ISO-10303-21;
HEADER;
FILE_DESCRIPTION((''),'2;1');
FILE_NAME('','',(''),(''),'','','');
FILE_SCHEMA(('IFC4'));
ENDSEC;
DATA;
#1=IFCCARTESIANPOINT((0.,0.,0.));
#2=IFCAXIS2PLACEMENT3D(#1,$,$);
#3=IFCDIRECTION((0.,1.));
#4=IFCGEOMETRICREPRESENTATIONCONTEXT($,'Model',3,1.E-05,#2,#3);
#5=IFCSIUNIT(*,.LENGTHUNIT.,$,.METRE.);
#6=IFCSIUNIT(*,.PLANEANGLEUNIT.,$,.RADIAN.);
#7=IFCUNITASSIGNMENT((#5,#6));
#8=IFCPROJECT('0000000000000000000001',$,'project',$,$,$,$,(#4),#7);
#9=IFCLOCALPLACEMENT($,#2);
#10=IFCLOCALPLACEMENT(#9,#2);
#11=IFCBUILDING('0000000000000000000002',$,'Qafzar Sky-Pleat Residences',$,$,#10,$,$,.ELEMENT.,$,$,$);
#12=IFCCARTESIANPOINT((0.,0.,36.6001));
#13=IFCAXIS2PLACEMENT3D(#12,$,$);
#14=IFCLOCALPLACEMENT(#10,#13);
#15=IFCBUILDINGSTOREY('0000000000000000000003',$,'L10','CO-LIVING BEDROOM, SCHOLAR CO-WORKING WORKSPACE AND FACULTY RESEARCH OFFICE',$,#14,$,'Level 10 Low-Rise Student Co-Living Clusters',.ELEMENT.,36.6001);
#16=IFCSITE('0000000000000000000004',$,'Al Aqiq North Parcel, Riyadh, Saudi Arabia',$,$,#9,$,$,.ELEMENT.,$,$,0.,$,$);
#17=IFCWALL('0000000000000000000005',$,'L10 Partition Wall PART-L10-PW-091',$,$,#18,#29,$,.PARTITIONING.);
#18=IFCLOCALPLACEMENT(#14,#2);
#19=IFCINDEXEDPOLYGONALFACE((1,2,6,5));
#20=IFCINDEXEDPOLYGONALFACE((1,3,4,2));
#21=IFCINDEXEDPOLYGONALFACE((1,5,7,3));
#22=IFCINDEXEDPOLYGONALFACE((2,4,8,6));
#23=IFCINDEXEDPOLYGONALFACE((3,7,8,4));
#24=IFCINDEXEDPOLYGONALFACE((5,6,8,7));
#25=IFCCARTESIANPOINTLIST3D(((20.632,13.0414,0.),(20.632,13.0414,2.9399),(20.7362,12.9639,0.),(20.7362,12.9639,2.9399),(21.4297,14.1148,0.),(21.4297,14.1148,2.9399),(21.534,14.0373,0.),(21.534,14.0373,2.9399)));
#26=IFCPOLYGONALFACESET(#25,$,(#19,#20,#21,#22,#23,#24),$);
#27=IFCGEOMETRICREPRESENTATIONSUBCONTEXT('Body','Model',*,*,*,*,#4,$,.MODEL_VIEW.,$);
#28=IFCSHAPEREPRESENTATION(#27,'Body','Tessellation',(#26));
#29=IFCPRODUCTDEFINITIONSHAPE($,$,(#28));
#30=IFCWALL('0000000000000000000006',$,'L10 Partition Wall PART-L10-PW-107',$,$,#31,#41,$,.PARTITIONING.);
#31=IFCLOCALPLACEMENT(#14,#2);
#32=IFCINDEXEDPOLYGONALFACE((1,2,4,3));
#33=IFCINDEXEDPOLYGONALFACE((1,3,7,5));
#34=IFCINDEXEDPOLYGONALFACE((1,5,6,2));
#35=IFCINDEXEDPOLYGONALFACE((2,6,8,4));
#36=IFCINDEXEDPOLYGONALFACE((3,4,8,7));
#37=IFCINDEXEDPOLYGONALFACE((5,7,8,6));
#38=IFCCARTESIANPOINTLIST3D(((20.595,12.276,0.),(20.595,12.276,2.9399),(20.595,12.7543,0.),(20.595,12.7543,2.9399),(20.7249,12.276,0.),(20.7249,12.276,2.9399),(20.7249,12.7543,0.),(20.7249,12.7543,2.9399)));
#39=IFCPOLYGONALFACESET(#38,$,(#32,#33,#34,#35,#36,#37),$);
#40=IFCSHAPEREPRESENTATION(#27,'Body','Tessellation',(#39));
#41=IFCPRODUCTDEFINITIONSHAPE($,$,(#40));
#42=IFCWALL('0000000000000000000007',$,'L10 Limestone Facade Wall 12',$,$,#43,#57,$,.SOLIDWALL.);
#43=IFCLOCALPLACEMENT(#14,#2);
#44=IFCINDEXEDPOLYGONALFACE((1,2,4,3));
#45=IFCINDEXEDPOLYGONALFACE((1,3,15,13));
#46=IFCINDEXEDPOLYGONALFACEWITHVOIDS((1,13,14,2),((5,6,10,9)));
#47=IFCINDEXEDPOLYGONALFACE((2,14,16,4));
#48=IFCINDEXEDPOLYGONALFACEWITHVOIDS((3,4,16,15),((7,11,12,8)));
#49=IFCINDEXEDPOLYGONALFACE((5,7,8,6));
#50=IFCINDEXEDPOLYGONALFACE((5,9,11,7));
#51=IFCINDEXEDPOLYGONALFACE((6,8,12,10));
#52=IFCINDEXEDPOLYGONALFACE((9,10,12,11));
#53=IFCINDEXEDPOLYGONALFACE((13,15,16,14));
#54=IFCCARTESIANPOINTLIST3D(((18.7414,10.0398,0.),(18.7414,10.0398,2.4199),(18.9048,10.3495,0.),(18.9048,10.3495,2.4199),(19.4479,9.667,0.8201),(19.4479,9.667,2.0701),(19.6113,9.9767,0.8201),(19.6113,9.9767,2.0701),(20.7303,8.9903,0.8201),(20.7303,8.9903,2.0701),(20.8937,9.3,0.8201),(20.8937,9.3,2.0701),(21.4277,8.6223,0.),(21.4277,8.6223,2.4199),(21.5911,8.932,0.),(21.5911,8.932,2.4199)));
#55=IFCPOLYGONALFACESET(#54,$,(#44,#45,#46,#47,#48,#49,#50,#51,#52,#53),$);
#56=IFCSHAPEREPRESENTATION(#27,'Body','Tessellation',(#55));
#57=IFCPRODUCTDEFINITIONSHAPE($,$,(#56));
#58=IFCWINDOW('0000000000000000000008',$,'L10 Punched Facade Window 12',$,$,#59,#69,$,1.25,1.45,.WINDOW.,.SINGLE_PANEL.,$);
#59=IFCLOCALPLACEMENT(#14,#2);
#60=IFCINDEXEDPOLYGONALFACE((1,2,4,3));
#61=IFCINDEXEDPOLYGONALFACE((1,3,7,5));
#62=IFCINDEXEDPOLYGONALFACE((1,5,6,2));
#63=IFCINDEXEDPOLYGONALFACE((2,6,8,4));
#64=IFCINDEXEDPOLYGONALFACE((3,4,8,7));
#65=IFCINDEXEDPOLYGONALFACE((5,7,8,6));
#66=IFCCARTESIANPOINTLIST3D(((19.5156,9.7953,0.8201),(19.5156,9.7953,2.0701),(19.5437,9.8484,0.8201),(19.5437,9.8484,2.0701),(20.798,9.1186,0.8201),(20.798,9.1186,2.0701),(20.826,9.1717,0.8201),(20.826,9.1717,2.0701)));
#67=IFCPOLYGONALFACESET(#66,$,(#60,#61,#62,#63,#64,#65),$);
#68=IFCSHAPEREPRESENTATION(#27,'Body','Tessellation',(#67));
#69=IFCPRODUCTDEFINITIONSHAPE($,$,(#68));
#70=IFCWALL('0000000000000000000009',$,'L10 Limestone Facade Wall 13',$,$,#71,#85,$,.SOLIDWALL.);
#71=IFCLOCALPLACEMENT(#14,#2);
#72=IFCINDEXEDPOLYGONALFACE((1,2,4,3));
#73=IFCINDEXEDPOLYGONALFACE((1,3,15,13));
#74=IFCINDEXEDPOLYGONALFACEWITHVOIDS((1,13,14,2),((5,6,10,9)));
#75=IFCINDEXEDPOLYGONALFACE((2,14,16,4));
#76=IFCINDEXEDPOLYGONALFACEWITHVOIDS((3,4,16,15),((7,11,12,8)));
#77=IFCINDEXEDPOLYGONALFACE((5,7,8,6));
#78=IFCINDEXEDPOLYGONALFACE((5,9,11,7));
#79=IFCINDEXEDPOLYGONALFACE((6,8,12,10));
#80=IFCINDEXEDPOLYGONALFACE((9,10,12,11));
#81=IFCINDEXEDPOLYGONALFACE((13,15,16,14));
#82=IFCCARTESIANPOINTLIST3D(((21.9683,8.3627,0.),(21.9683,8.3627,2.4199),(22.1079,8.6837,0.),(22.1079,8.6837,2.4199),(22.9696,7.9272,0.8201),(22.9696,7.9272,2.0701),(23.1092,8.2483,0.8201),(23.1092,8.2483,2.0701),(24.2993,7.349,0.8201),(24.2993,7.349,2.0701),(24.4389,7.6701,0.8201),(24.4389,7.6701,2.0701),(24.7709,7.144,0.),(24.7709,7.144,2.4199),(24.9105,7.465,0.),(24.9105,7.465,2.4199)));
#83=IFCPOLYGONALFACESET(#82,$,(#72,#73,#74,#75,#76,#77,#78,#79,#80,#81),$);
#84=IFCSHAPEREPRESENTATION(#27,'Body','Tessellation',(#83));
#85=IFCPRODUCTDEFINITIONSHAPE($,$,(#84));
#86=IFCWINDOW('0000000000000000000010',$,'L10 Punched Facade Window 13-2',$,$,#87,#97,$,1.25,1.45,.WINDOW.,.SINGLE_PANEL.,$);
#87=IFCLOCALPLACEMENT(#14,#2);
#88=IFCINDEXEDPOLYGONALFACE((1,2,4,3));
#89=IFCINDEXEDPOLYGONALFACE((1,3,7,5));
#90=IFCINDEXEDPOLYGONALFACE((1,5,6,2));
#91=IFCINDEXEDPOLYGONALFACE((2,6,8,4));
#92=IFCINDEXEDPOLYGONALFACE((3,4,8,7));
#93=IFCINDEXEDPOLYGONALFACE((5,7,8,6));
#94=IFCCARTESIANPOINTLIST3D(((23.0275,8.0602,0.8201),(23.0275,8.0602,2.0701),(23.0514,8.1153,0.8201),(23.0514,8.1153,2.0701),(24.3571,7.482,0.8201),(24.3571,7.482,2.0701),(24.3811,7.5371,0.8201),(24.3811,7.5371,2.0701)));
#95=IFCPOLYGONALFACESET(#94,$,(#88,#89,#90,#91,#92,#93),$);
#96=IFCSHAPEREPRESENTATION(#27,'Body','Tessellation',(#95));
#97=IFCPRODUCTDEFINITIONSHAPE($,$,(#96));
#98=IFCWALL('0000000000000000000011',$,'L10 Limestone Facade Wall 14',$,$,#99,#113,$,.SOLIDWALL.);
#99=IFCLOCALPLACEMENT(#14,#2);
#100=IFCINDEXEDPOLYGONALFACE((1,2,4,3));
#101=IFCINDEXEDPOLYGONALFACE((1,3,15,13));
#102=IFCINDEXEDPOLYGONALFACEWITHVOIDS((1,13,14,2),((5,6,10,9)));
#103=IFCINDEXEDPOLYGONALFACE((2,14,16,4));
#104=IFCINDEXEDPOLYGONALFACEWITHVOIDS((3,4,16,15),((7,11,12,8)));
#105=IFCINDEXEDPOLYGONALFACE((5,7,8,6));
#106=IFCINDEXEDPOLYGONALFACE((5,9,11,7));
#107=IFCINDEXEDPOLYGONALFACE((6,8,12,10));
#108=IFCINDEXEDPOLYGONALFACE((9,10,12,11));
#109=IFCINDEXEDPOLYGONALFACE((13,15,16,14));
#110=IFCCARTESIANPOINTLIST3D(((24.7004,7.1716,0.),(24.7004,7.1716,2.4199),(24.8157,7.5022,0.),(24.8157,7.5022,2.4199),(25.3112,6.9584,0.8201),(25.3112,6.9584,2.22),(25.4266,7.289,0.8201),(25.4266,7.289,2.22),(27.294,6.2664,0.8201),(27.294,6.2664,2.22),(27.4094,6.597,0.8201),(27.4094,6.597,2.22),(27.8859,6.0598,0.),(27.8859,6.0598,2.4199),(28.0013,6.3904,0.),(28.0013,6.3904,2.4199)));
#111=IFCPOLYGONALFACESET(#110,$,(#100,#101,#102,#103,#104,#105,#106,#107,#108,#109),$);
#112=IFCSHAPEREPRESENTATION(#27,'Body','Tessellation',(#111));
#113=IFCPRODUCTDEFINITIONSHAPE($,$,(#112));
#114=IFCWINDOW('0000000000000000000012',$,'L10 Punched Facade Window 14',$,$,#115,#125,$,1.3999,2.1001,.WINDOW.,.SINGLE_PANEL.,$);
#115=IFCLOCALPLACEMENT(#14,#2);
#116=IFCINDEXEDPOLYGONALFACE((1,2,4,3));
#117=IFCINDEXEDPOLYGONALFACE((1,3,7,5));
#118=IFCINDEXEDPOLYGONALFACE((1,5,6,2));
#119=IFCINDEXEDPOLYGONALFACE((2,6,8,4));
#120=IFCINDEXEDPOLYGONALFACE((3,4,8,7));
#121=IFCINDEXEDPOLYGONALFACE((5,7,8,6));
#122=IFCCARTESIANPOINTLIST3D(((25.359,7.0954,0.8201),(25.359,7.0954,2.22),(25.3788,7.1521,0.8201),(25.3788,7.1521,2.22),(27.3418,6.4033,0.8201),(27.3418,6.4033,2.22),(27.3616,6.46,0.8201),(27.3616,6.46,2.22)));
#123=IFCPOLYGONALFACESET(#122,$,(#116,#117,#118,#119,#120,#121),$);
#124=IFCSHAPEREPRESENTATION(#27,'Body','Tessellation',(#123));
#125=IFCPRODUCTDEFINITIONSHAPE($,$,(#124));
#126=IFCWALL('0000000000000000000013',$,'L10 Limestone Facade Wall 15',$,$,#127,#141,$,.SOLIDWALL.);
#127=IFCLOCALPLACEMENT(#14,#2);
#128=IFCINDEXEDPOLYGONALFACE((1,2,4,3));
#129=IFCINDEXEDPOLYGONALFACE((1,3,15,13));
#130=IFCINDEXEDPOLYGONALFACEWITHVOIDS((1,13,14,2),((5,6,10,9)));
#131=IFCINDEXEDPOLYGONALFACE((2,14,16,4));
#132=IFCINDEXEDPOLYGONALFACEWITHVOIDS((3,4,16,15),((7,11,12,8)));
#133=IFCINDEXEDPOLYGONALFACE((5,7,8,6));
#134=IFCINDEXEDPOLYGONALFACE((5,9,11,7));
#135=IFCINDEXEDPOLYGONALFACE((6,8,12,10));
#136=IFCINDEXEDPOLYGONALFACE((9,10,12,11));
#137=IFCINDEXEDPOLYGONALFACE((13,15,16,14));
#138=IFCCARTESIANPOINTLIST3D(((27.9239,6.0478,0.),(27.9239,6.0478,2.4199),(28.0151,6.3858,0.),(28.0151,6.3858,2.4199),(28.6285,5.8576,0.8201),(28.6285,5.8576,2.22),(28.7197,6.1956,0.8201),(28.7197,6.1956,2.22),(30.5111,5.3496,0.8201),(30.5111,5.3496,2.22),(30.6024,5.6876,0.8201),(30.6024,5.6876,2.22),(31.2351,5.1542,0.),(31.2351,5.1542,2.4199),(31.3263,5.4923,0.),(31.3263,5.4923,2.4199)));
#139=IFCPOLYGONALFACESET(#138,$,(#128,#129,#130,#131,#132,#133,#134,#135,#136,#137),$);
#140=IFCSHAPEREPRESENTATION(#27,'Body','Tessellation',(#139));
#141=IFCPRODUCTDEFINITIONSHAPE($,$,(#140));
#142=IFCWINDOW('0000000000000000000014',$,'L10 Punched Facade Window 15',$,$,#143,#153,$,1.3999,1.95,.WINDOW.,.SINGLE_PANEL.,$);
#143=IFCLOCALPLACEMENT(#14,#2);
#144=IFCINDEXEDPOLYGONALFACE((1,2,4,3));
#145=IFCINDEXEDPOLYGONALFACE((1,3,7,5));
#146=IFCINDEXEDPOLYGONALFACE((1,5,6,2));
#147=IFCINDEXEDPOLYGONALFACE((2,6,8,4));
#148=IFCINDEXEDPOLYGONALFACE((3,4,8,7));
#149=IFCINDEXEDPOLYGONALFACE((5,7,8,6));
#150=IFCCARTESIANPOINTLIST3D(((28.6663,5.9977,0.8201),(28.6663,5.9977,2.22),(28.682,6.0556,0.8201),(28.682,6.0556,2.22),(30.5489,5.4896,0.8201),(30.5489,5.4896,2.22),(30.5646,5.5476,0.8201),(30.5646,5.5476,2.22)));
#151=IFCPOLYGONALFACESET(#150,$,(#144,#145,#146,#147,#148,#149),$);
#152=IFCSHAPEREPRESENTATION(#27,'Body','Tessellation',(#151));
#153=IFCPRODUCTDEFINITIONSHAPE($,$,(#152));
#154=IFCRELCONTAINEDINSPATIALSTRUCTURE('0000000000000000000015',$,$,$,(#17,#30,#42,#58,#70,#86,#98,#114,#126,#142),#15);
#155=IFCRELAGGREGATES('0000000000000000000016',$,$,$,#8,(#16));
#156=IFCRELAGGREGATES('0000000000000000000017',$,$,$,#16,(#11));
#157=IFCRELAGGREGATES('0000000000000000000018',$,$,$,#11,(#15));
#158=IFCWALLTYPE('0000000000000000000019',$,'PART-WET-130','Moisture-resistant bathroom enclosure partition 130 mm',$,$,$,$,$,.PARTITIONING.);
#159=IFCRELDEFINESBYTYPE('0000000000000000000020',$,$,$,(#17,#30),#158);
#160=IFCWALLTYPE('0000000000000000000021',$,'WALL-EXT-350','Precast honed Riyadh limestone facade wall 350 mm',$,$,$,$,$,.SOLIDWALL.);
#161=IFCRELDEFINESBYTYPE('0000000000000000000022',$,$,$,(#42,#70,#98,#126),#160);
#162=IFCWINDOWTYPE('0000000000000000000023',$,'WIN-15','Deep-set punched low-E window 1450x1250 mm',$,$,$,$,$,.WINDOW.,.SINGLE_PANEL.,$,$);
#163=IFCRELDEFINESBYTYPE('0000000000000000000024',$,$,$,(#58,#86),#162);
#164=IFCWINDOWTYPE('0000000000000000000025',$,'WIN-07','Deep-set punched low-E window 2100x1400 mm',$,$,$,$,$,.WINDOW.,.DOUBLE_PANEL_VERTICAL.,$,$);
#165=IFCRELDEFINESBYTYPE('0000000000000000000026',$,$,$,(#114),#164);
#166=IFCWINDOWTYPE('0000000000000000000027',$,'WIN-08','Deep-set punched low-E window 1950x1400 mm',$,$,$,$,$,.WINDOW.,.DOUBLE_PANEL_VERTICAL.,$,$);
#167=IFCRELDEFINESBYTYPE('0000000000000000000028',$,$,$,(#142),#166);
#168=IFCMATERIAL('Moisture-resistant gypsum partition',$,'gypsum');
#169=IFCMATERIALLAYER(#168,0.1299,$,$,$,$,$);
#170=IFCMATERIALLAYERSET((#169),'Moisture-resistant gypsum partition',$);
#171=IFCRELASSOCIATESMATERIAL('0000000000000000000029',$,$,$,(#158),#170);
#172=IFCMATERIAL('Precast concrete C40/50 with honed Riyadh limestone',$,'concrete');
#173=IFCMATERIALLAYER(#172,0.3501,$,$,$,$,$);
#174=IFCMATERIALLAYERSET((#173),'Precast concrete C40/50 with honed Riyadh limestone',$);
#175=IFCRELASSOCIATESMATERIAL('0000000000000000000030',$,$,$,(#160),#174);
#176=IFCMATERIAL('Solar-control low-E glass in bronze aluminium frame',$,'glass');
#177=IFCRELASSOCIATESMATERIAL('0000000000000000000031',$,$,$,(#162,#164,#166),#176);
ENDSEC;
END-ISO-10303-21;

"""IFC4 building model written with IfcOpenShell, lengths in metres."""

from ifc_helpers import new_model, si_unit, direction, frame, frame_2d, origin, place, context, subcontext, project, spatial, rectangle, extrude, source, transform, mapped, material, layer, layer_set, type_object, element, fill, save


model = new_model("IFC4")

# Units and contexts
model_context = context("Model", 3, precision=1e-05, world=origin(), true_north=direction((0.0, 1.0)))
body_context = subcontext(model_context, "Body", "Model", "MODEL_VIEW")
ifc_project = project(units=[si_unit("LENGTHUNIT", "METRE"), si_unit("PLANEANGLEUNIT", "RADIAN")], contexts=[model_context])

# Site, building, storey
site_placement = place(None, origin())
site = spatial("IfcSite", under=ifc_project, at=site_placement, Name="Al Aqiq North Parcel, Riyadh, Saudi Arabia", CompositionType="ELEMENT", RefElevation=0.0)
building_placement = place(site_placement, origin())
building = spatial("IfcBuilding", under=site, at=building_placement, Name="Qafzar Sky-Pleat Residences", CompositionType="ELEMENT")
storey_placement = place(building_placement, frame((0.0, 0.0, 36.6001)))
storey = spatial("IfcBuildingStorey", under=building, at=storey_placement, Name="L10", Description="CO-LIVING BEDROOM, SCHOLAR CO-WORKING WORKSPACE AND FACULTY RESEARCH OFFICE", LongName="Level 10 Low-Rise Student Co-Living Clusters", CompositionType="ELEMENT", Elevation=36.6001)

# Shared definitions
ifc_material_1 = material(Name="Moisture-resistant gypsum partition", Category="gypsum")
ifc_layer_1 = layer(ifc_material_1, 0.1299)
ifc_layer_set_1 = layer_set([ifc_layer_1], Name="Moisture-resistant gypsum partition")
wall_type_1 = type_object("IfcWallType", Name="PART-WET-130", Description="Moisture-resistant bathroom enclosure partition 130 mm", PredefinedType="PARTITIONING", material=ifc_layer_set_1)

# Walls
wall_1_placement = place(storey_placement, frame((20.6841, 13.0027, 0.0), z_axis=(0.0, 0.0, 1.0), x_axis=(0.596519, 0.802599, 0.0)))
element("IfcWall", 1, at=wall_1_placement, inside=storey, type_object=wall_type_1, Name="L10 Partition Wall PART-L10-PW-091", PredefinedType="PARTITIONING", context=body_context, shape_type="SweptSolid", body=[
    extrude(rectangle(XDim=1.3374, YDim=0.1299, at=frame_2d((0.6687, 0.0))), origin(), (0.0, 0.0, 1.0), 2.9399),
])
wall_2_placement = place(storey_placement, frame((20.6599, 12.2759, 0.0), z_axis=(0.0, 0.0, 1.0), x_axis=(0.0, 1.0, 0.0)))
element("IfcWall", 2, at=wall_2_placement, inside=storey, type_object=wall_type_1, Name="L10 Partition Wall PART-L10-PW-107", PredefinedType="PARTITIONING", context=body_context, shape_type="SweptSolid", body=[
    extrude(rectangle(XDim=0.4783, YDim=0.1299, at=frame_2d((0.2393, 0.0))), origin(), (0.0, 0.0, 1.0), 2.9399),
])

# Walls, openings, windows
ifc_material_2 = material(Name="Precast concrete C40/50 with honed Riyadh limestone", Category="concrete")
ifc_layer_2 = layer(ifc_material_2, 0.3501)
ifc_layer_set_2 = layer_set([ifc_layer_2], Name="Precast concrete C40/50 with honed Riyadh limestone")
wall_type_2 = type_object("IfcWallType", Name="WALL-EXT-350", Description="Precast honed Riyadh limestone facade wall 350 mm", PredefinedType="SOLIDWALL", material=ifc_layer_set_2)
wall_3_placement = place(storey_placement, frame((18.8232, 10.1946, 0.0), z_axis=(0.0, 0.0, 1.0), x_axis=(0.884423, -0.466687, 0.0)))
wall_3 = element("IfcWall", 3, at=wall_3_placement, inside=storey, type_object=wall_type_2, Name="L10 Limestone Facade Wall 12", PredefinedType="SOLIDWALL", context=body_context, shape_type="SweptSolid", body=[
    extrude(rectangle(XDim=3.0374, YDim=0.3501, at=frame_2d((1.5186, 0.0))), origin(), (0.0, 0.0, 1.0), 2.4199),
])
opening_1_placement = place(wall_3_placement, frame((0.7986, 0.0, 0.8201)))
opening_1 = element("IfcOpeningElement", 4, at=opening_1_placement, cuts=wall_3, PredefinedType="OPENING", context=body_context, shape_type="SweptSolid", body=[
    extrude(rectangle(XDim=1.45, YDim=1.25, at=frame_2d((0.7251, 0.625))), frame((0.0, 0.1851, 0.0), z_axis=(0.0, -1.0, 0.0), x_axis=(1.0, 0.0, 0.0)), (0.0, 0.0, 1.0), 0.3701),
])
ifc_material_3 = material(Name="Solar-control low-E glass in bronze aluminium frame", Category="glass")
window_type_1 = type_object("IfcWindowType", Name="WIN-15", Description="Deep-set punched low-E window 1450x1250 mm", PartitioningType="SINGLE_PANEL", PredefinedType="WINDOW", material=ifc_material_3)
shared_shape_1 = source(origin(), body_context, "Body", "SweptSolid", [
    extrude(rectangle(XDim=1.45, YDim=1.25, at=frame_2d((0.7251, 0.625))), frame((0.0, 0.03, 0.0), z_axis=(0.0, -1.0, 0.0), x_axis=(1.0, 0.0, 0.0)), (0.0, 0.0, 1.0), 0.0601),
])
window_1_placement = place(opening_1_placement, origin())
window_1 = element("IfcWindow", 5, at=window_1_placement, inside=storey, type_object=window_type_1, Name="L10 Punched Facade Window 12", OverallHeight=1.25, OverallWidth=1.45, PartitioningType="SINGLE_PANEL", PredefinedType="WINDOW", context=body_context, shape_type="MappedRepresentation", body=[
    mapped(shared_shape_1, transform((0.0, 0.0, 0.0), x_axis=(1.0, 0.0, 0.0), y_axis=(0.0, 1.0, 0.0), z_axis=(0.0, 0.0, 1.0), scale=1.0)),
])
fill(opening_1, window_1)
wall_4_placement = place(storey_placement, frame((22.0381, 8.5232, 0.0), z_axis=(0.0, 0.0, 1.0), x_axis=(0.91705, -0.398773, 0.0)))
wall_4 = element("IfcWall", 6, at=wall_4_placement, inside=storey, type_object=wall_type_2, Name="L10 Limestone Facade Wall 13", PredefinedType="SOLIDWALL", context=body_context, shape_type="SweptSolid", body=[
    extrude(rectangle(XDim=3.0562, YDim=0.3501, at=frame_2d((1.5281, 0.0))), origin(), (0.0, 0.0, 1.0), 2.4199),
])
opening_2_placement = place(wall_4_placement, frame((1.0918, 0.0, 0.8201)))
opening_2 = element("IfcOpeningElement", 7, at=opening_2_placement, cuts=wall_4, PredefinedType="OPENING", context=body_context, shape_type="SweptSolid", body=[
    extrude(rectangle(XDim=1.45, YDim=1.25, at=frame_2d((0.7251, 0.625))), frame((0.0, 0.1851, 0.0), z_axis=(0.0, -1.0, 0.0), x_axis=(1.0, 0.0, 0.0)), (0.0, 0.0, 1.0), 0.3701),
])
window_2_placement = place(opening_2_placement, origin())
window_2 = element("IfcWindow", 8, at=window_2_placement, inside=storey, type_object=window_type_1, Name="L10 Punched Facade Window 13-2", OverallHeight=1.25, OverallWidth=1.45, PartitioningType="SINGLE_PANEL", PredefinedType="WINDOW", context=body_context, shape_type="MappedRepresentation", body=[
    mapped(shared_shape_1, transform((0.0, 0.0, 0.0), x_axis=(1.0, 0.0, 0.0), y_axis=(0.0, 1.0, 0.0), z_axis=(0.0, 0.0, 1.0), scale=1.0)),
])
fill(opening_2, window_2)
wall_5_placement = place(storey_placement, frame((24.7581, 7.3369, 0.0), z_axis=(0.0, 0.0, 1.0), x_axis=(0.944147, -0.329525, 0.0)))
wall_5 = element("IfcWall", 9, at=wall_5_placement, inside=storey, type_object=wall_type_2, Name="L10 Limestone Facade Wall 14", PredefinedType="SOLIDWALL", context=body_context, shape_type="SweptSolid", body=[
    extrude(rectangle(XDim=3.374, YDim=0.3501, at=frame_2d((1.687, 0.0))), origin(), (0.0, 0.0, 1.0), 2.4199),
])
opening_3_placement = place(wall_5_placement, frame((0.647, 0.0, 0.8201)))
opening_3 = element("IfcOpeningElement", 10, at=opening_3_placement, cuts=wall_5, PredefinedType="OPENING", context=body_context, shape_type="SweptSolid", body=[
    extrude(rectangle(XDim=2.1001, YDim=1.3999, at=frame_2d((1.05, 0.7))), frame((0.0, 0.1851, 0.0), z_axis=(0.0, -1.0, 0.0), x_axis=(1.0, 0.0, 0.0)), (0.0, 0.0, 1.0), 0.3701),
])
window_type_2 = type_object("IfcWindowType", Name="WIN-07", Description="Deep-set punched low-E window 2100x1400 mm", PartitioningType="DOUBLE_PANEL_VERTICAL", PredefinedType="WINDOW", material=ifc_material_3)
shared_shape_2 = source(origin(), body_context, "Body", "SweptSolid", [
    extrude(rectangle(XDim=2.1001, YDim=1.3999, at=frame_2d((1.05, 0.7))), frame((0.0, 0.03, 0.0), z_axis=(0.0, -1.0, 0.0), x_axis=(1.0, 0.0, 0.0)), (0.0, 0.0, 1.0), 0.0601),
])
window_3_placement = place(opening_3_placement, origin())
window_3 = element("IfcWindow", 11, at=window_3_placement, inside=storey, type_object=window_type_2, Name="L10 Punched Facade Window 14", OverallHeight=1.3999, OverallWidth=2.1001, PartitioningType="SINGLE_PANEL", PredefinedType="WINDOW", context=body_context, shape_type="MappedRepresentation", body=[
    mapped(shared_shape_2, transform((0.0, 0.0, 0.0), x_axis=(1.0, 0.0, 0.0), y_axis=(0.0, 1.0, 0.0), z_axis=(0.0, 0.0, 1.0), scale=1.0)),
])
fill(opening_3, window_3)
wall_6_placement = place(storey_placement, frame((27.9695, 6.2168, 0.0), z_axis=(0.0, 0.0, 1.0), x_axis=(0.965465, -0.260532, 0.0)))
wall_6 = element("IfcWall", 12, at=wall_6_placement, inside=storey, type_object=wall_type_2, Name="L10 Limestone Facade Wall 15", PredefinedType="SOLIDWALL", context=body_context, shape_type="SweptSolid", body=[
    extrude(rectangle(XDim=3.4297, YDim=0.3501, at=frame_2d((1.7148, 0.0))), origin(), (0.0, 0.0, 1.0), 2.4199),
])
opening_4_placement = place(wall_6_placement, frame((0.7297, 0.0, 0.8201)))
opening_4 = element("IfcOpeningElement", 13, at=opening_4_placement, cuts=wall_6, PredefinedType="OPENING", context=body_context, shape_type="SweptSolid", body=[
    extrude(rectangle(XDim=1.95, YDim=1.3999, at=frame_2d((0.9751, 0.7))), frame((0.0, 0.1851, 0.0), z_axis=(0.0, -1.0, 0.0), x_axis=(1.0, 0.0, 0.0)), (0.0, 0.0, 1.0), 0.3701),
])
window_type_3 = type_object("IfcWindowType", Name="WIN-08", Description="Deep-set punched low-E window 1950x1400 mm", PartitioningType="DOUBLE_PANEL_VERTICAL", PredefinedType="WINDOW", material=ifc_material_3)
shared_shape_3 = source(origin(), body_context, "Body", "SweptSolid", [
    extrude(rectangle(XDim=1.95, YDim=1.3999, at=frame_2d((0.9751, 0.7))), frame((0.0, 0.03, 0.0), z_axis=(0.0, -1.0, 0.0), x_axis=(1.0, 0.0, 0.0)), (0.0, 0.0, 1.0), 0.0601),
])
window_4_placement = place(opening_4_placement, origin())
window_4 = element("IfcWindow", 14, at=window_4_placement, inside=storey, type_object=window_type_3, Name="L10 Punched Facade Window 15", OverallHeight=1.3999, OverallWidth=1.95, PartitioningType="SINGLE_PANEL", PredefinedType="WINDOW", context=body_context, shape_type="MappedRepresentation", body=[
    mapped(shared_shape_3, transform((0.0, 0.0, 0.0), x_axis=(1.0, 0.0, 0.0), y_axis=(0.0, 1.0, 0.0), z_axis=(0.0, 0.0, 1.0), scale=1.0)),
])
fill(opening_4, window_4)

save(model, "model.ifc")
